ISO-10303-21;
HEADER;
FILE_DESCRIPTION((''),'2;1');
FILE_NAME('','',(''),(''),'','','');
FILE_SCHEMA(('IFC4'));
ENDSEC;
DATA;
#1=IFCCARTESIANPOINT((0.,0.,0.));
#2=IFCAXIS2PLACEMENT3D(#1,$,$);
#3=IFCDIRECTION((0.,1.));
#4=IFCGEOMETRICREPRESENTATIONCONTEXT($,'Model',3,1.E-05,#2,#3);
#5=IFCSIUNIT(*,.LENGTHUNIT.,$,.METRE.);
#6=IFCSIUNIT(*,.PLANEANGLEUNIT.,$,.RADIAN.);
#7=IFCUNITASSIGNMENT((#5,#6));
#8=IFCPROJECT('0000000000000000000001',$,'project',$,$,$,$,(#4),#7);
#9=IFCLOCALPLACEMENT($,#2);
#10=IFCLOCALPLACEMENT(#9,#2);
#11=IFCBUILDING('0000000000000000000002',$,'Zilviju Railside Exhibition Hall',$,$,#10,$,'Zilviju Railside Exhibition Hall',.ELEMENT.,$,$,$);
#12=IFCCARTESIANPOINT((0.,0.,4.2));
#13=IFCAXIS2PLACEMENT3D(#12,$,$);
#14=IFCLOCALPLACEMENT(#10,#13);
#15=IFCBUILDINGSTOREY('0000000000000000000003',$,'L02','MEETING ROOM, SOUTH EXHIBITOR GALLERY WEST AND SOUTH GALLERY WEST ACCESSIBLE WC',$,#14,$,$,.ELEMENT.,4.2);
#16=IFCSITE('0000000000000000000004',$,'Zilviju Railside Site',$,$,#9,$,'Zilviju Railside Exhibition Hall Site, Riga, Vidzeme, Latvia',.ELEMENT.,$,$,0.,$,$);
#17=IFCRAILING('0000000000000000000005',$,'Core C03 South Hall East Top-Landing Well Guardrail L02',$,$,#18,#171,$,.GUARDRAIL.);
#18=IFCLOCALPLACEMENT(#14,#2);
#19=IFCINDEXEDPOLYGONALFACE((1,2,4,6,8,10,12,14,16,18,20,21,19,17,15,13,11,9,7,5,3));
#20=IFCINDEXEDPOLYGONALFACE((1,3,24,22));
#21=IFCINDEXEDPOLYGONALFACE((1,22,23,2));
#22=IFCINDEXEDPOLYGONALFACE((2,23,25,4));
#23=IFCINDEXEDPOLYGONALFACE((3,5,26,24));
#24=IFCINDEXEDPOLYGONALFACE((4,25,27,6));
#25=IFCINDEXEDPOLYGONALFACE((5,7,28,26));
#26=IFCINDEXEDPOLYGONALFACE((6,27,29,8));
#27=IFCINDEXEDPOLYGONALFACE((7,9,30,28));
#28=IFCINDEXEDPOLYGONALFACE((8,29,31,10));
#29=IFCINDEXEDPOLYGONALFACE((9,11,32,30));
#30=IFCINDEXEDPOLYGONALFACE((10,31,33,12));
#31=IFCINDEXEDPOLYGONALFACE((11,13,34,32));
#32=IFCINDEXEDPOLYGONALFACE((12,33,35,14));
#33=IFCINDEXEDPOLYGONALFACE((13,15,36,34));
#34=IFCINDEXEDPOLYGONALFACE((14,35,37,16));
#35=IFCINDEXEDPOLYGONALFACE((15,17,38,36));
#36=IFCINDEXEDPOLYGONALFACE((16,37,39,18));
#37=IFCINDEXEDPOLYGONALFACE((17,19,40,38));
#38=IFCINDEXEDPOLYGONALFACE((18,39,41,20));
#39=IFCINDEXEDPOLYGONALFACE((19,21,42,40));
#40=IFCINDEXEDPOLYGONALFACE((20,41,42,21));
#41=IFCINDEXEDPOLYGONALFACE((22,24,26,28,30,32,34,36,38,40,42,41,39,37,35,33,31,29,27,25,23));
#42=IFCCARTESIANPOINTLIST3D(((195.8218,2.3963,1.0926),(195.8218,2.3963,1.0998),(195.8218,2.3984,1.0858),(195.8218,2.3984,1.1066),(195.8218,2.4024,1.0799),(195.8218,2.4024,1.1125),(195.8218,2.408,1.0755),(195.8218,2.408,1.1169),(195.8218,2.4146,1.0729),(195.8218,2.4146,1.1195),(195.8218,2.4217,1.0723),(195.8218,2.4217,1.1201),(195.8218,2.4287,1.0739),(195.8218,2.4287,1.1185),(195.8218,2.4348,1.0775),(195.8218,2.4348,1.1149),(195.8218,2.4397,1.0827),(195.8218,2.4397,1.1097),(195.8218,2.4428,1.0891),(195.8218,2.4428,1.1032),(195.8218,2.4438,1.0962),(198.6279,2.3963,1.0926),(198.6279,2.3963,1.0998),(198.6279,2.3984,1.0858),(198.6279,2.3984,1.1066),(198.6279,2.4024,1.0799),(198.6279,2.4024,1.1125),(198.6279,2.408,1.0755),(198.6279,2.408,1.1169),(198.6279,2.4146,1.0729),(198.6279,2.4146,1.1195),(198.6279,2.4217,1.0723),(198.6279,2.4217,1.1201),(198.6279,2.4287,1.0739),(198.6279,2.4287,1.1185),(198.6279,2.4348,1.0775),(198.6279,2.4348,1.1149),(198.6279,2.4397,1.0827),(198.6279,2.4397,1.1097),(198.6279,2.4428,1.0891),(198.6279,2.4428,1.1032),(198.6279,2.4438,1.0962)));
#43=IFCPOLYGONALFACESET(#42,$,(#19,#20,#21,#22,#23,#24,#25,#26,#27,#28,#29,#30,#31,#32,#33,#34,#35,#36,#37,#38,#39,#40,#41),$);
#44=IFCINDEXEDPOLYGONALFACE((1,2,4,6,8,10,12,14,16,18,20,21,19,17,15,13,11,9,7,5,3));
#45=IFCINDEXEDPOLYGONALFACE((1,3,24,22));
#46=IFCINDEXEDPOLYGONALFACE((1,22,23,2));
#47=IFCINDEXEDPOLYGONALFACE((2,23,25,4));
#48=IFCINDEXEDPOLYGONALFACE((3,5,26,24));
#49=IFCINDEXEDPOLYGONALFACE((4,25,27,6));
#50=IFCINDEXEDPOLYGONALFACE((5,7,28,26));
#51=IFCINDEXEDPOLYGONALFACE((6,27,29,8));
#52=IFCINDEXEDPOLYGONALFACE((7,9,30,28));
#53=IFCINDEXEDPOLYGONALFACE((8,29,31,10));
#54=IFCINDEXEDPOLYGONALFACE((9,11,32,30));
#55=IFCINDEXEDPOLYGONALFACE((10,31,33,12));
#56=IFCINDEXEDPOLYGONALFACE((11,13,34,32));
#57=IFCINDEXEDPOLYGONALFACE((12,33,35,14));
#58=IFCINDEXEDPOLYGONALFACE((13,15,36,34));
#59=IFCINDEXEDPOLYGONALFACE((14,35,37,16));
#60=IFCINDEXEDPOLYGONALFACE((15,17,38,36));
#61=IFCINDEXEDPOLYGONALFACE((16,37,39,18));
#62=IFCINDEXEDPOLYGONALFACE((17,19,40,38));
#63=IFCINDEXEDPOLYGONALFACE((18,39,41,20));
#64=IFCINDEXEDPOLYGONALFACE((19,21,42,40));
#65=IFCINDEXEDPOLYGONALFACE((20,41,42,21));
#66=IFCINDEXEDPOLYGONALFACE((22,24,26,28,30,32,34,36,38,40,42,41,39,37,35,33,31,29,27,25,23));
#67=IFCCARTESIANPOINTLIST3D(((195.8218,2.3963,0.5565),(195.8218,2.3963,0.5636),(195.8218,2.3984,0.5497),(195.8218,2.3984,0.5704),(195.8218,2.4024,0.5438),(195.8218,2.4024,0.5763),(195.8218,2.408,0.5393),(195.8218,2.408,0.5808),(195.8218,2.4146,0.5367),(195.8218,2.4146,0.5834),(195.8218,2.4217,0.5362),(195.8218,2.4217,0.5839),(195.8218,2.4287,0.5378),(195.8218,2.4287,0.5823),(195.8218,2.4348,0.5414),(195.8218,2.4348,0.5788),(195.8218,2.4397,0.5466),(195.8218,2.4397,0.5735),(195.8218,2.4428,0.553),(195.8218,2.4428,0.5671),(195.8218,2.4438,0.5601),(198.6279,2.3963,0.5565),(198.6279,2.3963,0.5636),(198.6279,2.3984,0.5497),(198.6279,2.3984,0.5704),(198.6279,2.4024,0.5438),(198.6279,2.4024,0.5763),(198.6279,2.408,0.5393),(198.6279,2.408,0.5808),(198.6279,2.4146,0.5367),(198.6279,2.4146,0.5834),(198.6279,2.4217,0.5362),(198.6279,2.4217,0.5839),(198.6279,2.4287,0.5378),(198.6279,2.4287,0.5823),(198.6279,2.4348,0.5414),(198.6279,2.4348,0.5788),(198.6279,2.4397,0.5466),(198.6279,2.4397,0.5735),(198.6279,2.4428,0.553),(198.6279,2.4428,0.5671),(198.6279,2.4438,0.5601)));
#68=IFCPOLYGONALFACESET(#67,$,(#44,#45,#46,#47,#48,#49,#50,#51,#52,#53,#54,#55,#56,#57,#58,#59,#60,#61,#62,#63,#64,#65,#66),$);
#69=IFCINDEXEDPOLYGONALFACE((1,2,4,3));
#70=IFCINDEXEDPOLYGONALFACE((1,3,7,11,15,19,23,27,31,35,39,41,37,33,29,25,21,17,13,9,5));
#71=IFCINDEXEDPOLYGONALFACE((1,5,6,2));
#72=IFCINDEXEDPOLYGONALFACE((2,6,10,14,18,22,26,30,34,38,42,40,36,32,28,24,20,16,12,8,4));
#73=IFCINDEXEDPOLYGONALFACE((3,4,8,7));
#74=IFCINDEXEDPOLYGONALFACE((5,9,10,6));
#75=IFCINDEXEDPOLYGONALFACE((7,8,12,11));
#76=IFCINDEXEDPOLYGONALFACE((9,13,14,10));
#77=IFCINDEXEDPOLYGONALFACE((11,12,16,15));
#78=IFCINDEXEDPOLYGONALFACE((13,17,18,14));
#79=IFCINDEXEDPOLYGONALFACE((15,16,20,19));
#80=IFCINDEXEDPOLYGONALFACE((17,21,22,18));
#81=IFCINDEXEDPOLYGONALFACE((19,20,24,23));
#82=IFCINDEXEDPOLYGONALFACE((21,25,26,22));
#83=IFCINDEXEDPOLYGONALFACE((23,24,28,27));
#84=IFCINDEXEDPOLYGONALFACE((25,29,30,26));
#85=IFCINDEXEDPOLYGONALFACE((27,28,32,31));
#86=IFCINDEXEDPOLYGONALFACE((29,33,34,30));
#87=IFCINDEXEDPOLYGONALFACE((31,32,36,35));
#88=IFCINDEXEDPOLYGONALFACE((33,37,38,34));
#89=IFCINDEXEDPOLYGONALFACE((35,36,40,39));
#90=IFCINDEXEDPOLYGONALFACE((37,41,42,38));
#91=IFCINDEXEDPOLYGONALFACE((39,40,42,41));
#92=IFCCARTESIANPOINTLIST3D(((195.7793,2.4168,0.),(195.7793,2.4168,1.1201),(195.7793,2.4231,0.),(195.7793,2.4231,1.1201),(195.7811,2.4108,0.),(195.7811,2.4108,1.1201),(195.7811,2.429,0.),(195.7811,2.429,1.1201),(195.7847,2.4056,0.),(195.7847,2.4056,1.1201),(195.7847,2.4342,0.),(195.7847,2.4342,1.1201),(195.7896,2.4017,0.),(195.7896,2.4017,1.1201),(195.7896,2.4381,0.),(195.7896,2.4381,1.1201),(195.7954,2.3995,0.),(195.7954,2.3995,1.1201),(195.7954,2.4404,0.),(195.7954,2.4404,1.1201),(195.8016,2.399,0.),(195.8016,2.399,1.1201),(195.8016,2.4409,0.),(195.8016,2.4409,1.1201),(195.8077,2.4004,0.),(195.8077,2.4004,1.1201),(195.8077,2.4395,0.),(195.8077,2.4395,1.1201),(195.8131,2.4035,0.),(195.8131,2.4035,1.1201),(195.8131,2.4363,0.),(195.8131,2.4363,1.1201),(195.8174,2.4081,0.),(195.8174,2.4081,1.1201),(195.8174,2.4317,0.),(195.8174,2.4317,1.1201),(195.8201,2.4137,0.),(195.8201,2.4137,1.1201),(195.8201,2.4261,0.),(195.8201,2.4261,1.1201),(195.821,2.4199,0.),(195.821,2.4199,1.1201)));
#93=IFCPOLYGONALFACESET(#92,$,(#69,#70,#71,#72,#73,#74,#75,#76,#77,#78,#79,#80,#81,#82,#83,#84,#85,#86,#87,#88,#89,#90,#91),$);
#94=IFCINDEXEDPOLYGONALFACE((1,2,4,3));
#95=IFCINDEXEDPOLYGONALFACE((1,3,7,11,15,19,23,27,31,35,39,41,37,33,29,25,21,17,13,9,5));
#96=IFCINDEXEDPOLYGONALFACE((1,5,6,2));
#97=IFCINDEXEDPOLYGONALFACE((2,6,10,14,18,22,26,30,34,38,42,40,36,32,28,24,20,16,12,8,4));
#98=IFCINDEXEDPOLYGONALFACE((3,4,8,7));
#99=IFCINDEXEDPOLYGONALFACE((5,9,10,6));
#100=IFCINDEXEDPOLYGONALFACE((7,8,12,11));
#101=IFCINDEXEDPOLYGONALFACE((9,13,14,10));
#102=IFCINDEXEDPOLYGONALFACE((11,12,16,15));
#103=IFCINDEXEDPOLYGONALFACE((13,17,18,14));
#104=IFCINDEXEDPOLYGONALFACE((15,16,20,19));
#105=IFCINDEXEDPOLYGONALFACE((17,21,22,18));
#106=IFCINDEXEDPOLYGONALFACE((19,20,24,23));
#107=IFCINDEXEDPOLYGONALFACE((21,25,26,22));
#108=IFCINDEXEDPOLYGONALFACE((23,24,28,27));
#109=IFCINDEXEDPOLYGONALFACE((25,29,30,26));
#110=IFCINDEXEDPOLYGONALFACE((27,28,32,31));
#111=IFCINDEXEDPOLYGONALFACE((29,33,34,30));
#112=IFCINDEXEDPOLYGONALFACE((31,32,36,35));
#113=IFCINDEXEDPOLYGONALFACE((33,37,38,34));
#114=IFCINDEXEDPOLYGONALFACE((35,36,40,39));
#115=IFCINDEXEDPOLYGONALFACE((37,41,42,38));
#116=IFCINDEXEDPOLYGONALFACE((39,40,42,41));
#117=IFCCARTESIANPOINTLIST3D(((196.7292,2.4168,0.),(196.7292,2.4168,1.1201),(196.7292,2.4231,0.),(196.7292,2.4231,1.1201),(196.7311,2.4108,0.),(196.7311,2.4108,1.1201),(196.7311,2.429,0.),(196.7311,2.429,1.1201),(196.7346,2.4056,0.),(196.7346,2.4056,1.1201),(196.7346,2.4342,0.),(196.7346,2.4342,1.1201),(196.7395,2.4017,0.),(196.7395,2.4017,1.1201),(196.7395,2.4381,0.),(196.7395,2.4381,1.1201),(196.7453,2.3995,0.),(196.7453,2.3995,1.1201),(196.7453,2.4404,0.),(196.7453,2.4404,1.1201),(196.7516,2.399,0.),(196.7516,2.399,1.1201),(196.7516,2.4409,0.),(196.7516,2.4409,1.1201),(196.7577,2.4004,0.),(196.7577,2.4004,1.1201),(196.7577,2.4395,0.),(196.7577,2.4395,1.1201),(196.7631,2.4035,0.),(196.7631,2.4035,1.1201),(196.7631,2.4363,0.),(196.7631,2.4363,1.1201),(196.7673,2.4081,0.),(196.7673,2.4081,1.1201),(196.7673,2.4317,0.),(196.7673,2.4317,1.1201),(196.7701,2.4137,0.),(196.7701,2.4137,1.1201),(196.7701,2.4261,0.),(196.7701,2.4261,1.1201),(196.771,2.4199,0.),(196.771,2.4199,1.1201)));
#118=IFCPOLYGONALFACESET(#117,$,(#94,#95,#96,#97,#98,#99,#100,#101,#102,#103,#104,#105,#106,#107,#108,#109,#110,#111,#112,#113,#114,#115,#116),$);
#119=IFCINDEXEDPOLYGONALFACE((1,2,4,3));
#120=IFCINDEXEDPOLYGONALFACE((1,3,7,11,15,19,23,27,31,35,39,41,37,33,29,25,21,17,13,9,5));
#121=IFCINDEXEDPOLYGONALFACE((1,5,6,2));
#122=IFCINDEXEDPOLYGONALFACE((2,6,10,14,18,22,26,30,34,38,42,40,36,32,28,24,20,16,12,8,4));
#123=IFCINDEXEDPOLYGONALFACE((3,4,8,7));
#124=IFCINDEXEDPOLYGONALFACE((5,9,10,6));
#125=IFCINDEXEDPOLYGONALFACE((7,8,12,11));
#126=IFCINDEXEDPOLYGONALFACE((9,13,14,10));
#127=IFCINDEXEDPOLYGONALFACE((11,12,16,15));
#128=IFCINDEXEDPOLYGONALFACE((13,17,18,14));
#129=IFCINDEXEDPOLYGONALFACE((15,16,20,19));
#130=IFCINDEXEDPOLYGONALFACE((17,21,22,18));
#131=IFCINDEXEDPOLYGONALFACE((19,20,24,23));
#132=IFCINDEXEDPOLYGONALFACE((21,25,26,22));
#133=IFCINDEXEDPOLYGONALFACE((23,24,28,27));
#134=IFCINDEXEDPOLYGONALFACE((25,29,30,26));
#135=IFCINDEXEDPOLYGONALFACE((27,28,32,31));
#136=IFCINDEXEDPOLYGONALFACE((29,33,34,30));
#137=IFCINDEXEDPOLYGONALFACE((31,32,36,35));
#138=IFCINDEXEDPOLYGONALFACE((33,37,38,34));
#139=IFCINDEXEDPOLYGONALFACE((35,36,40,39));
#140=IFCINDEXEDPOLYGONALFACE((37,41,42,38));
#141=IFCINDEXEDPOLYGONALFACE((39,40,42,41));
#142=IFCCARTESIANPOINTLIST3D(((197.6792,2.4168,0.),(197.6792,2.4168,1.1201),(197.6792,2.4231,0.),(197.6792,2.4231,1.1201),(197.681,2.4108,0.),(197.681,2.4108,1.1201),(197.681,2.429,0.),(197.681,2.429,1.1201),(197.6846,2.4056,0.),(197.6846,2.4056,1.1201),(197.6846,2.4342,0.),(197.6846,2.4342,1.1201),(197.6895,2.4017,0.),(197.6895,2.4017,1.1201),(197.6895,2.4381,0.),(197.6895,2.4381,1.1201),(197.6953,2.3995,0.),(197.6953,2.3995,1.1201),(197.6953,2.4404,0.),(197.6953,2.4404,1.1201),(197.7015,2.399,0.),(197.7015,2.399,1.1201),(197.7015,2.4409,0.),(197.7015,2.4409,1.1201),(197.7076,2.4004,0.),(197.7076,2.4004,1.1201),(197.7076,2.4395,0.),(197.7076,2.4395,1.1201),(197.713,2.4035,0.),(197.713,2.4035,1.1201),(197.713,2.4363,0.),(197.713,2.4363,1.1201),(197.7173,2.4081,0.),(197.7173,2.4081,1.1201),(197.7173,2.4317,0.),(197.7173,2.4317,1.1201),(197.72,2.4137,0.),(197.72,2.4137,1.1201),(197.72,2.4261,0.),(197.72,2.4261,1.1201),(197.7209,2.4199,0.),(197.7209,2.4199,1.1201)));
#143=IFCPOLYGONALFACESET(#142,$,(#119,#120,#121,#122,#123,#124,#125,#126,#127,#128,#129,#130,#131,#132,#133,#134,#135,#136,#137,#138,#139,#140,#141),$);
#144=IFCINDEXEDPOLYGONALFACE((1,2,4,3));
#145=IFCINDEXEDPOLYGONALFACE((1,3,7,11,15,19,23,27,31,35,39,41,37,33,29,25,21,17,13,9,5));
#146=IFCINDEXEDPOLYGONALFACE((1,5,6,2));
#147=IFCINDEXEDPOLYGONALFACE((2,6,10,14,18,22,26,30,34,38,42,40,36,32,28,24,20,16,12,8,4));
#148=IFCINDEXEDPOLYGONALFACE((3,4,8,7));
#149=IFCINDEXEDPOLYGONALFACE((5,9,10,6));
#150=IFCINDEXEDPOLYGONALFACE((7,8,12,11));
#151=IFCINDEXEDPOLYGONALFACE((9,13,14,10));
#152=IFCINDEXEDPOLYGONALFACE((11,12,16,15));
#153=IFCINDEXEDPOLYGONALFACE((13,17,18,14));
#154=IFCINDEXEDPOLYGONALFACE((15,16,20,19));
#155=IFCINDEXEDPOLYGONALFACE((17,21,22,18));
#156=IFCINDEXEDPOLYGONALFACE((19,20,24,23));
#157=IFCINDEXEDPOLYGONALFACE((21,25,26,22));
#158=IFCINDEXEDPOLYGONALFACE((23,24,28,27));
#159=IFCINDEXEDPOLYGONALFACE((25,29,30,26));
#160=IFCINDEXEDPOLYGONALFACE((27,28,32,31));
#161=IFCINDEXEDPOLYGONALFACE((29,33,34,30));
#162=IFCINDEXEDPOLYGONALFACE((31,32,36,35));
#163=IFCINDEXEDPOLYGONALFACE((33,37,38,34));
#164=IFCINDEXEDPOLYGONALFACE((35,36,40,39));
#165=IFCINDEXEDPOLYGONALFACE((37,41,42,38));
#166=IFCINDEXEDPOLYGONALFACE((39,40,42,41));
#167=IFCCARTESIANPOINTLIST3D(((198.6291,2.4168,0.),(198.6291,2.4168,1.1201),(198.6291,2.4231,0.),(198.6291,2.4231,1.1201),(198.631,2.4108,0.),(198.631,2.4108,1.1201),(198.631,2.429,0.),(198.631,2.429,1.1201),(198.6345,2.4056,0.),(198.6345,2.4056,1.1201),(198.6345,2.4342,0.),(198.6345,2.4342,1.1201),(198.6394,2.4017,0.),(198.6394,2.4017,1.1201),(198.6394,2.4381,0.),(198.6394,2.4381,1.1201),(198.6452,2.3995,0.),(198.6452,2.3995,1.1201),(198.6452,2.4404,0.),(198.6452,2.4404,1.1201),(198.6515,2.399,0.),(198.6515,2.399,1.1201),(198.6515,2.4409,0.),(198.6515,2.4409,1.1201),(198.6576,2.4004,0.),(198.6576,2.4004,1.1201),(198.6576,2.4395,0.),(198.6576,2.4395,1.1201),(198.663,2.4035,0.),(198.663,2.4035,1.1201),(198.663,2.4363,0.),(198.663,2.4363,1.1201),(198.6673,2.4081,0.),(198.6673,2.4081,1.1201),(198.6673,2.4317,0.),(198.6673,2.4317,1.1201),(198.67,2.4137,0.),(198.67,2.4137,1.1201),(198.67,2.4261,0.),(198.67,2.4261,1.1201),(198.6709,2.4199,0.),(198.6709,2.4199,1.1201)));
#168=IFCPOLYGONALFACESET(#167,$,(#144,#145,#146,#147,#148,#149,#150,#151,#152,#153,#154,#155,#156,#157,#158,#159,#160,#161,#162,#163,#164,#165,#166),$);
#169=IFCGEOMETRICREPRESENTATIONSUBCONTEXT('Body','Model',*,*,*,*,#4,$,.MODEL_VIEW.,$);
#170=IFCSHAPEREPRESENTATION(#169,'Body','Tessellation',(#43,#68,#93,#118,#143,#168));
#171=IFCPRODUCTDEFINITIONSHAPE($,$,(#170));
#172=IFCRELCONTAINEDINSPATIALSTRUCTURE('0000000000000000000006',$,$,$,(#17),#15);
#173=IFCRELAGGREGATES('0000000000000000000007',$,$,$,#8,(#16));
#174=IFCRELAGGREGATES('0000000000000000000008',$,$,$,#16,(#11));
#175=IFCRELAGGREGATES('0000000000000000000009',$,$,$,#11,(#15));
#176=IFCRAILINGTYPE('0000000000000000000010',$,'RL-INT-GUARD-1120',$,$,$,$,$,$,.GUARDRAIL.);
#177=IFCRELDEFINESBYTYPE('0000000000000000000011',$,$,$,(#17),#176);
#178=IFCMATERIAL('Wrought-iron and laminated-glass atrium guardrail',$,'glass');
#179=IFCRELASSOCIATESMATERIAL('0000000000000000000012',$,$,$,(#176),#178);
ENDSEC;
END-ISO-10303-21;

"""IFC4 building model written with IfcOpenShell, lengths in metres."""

from ifc_helpers import new_model, si_unit, direction, frame, origin, origin_2d, place, context, subcontext, project, spatial, circle, extrude, material, type_object, element, save


model = new_model("IFC4")

# Units and contexts
model_context = context("Model", 3, precision=1e-05, world=origin(), true_north=direction((0.0, 1.0)))
body_context = subcontext(model_context, "Body", "Model", "MODEL_VIEW")
ifc_project = project(units=[si_unit("LENGTHUNIT", "METRE"), si_unit("PLANEANGLEUNIT", "RADIAN")], contexts=[model_context])

# Site, building, storey
site_placement = place(None, origin())
site = spatial("IfcSite", under=ifc_project, at=site_placement, Name="Zilviju Railside Site", LongName="Zilviju Railside Exhibition Hall Site, Riga, Vidzeme, Latvia", CompositionType="ELEMENT", RefElevation=0.0)
building_placement = place(site_placement, origin())
building = spatial("IfcBuilding", under=site, at=building_placement, Name="Zilviju Railside Exhibition Hall", LongName="Zilviju Railside Exhibition Hall", CompositionType="ELEMENT")
storey_placement = place(building_placement, frame((0.0, 0.0, 4.2)))
storey = spatial("IfcBuildingStorey", under=building, at=storey_placement, Name="L02", Description="MEETING ROOM, SOUTH EXHIBITOR GALLERY WEST AND SOUTH GALLERY WEST ACCESSIBLE WC", CompositionType="ELEMENT", Elevation=4.2)

# Railing
ifc_material_1 = material(Name="Wrought-iron and laminated-glass atrium guardrail", Category="glass")
railing_type = type_object("IfcRailingType", Name="RL-INT-GUARD-1120", PredefinedType="GUARDRAIL", material=ifc_material_1)
railing_placement = place(storey_placement, frame((195.8, 2.4199, 0.0)))
element("IfcRailing", 1, at=railing_placement, inside=storey, type_object=railing_type, Name="Core C03 South Hall East Top-Landing Well Guardrail L02", PredefinedType="GUARDRAIL", context=body_context, shape_type="SweptSolid", body=[
    extrude(circle(Radius=0.0239, at=origin_2d()), frame((0.0217, 0.0, 1.0962), z_axis=(1.0, 0.0, 0.0), x_axis=(0.0, 1.0, 0.0)), (0.0, 0.0, 1.0), 2.8062),
    extrude(circle(Radius=0.0239, at=origin_2d()), frame((0.0217, 0.0, 0.5601), z_axis=(1.0, 0.0, 0.0), x_axis=(0.0, 1.0, 0.0)), (0.0, 0.0, 1.0), 2.8062),
    extrude(circle(Radius=0.021, at=origin_2d()), origin(), (0.0, 0.0, 1.0), 1.1201),
    extrude(circle(Radius=0.021, at=origin_2d()), frame((0.95, 0.0, 0.0)), (0.0, 0.0, 1.0), 1.1201),
    extrude(circle(Radius=0.021, at=origin_2d()), frame((1.8999, 0.0, 0.0)), (0.0, 0.0, 1.0), 1.1201),
    extrude(circle(Radius=0.021, at=origin_2d()), frame((2.8499, 0.0, 0.0)), (0.0, 0.0, 1.0), 1.1201),
])

save(model, "model.ifc")
